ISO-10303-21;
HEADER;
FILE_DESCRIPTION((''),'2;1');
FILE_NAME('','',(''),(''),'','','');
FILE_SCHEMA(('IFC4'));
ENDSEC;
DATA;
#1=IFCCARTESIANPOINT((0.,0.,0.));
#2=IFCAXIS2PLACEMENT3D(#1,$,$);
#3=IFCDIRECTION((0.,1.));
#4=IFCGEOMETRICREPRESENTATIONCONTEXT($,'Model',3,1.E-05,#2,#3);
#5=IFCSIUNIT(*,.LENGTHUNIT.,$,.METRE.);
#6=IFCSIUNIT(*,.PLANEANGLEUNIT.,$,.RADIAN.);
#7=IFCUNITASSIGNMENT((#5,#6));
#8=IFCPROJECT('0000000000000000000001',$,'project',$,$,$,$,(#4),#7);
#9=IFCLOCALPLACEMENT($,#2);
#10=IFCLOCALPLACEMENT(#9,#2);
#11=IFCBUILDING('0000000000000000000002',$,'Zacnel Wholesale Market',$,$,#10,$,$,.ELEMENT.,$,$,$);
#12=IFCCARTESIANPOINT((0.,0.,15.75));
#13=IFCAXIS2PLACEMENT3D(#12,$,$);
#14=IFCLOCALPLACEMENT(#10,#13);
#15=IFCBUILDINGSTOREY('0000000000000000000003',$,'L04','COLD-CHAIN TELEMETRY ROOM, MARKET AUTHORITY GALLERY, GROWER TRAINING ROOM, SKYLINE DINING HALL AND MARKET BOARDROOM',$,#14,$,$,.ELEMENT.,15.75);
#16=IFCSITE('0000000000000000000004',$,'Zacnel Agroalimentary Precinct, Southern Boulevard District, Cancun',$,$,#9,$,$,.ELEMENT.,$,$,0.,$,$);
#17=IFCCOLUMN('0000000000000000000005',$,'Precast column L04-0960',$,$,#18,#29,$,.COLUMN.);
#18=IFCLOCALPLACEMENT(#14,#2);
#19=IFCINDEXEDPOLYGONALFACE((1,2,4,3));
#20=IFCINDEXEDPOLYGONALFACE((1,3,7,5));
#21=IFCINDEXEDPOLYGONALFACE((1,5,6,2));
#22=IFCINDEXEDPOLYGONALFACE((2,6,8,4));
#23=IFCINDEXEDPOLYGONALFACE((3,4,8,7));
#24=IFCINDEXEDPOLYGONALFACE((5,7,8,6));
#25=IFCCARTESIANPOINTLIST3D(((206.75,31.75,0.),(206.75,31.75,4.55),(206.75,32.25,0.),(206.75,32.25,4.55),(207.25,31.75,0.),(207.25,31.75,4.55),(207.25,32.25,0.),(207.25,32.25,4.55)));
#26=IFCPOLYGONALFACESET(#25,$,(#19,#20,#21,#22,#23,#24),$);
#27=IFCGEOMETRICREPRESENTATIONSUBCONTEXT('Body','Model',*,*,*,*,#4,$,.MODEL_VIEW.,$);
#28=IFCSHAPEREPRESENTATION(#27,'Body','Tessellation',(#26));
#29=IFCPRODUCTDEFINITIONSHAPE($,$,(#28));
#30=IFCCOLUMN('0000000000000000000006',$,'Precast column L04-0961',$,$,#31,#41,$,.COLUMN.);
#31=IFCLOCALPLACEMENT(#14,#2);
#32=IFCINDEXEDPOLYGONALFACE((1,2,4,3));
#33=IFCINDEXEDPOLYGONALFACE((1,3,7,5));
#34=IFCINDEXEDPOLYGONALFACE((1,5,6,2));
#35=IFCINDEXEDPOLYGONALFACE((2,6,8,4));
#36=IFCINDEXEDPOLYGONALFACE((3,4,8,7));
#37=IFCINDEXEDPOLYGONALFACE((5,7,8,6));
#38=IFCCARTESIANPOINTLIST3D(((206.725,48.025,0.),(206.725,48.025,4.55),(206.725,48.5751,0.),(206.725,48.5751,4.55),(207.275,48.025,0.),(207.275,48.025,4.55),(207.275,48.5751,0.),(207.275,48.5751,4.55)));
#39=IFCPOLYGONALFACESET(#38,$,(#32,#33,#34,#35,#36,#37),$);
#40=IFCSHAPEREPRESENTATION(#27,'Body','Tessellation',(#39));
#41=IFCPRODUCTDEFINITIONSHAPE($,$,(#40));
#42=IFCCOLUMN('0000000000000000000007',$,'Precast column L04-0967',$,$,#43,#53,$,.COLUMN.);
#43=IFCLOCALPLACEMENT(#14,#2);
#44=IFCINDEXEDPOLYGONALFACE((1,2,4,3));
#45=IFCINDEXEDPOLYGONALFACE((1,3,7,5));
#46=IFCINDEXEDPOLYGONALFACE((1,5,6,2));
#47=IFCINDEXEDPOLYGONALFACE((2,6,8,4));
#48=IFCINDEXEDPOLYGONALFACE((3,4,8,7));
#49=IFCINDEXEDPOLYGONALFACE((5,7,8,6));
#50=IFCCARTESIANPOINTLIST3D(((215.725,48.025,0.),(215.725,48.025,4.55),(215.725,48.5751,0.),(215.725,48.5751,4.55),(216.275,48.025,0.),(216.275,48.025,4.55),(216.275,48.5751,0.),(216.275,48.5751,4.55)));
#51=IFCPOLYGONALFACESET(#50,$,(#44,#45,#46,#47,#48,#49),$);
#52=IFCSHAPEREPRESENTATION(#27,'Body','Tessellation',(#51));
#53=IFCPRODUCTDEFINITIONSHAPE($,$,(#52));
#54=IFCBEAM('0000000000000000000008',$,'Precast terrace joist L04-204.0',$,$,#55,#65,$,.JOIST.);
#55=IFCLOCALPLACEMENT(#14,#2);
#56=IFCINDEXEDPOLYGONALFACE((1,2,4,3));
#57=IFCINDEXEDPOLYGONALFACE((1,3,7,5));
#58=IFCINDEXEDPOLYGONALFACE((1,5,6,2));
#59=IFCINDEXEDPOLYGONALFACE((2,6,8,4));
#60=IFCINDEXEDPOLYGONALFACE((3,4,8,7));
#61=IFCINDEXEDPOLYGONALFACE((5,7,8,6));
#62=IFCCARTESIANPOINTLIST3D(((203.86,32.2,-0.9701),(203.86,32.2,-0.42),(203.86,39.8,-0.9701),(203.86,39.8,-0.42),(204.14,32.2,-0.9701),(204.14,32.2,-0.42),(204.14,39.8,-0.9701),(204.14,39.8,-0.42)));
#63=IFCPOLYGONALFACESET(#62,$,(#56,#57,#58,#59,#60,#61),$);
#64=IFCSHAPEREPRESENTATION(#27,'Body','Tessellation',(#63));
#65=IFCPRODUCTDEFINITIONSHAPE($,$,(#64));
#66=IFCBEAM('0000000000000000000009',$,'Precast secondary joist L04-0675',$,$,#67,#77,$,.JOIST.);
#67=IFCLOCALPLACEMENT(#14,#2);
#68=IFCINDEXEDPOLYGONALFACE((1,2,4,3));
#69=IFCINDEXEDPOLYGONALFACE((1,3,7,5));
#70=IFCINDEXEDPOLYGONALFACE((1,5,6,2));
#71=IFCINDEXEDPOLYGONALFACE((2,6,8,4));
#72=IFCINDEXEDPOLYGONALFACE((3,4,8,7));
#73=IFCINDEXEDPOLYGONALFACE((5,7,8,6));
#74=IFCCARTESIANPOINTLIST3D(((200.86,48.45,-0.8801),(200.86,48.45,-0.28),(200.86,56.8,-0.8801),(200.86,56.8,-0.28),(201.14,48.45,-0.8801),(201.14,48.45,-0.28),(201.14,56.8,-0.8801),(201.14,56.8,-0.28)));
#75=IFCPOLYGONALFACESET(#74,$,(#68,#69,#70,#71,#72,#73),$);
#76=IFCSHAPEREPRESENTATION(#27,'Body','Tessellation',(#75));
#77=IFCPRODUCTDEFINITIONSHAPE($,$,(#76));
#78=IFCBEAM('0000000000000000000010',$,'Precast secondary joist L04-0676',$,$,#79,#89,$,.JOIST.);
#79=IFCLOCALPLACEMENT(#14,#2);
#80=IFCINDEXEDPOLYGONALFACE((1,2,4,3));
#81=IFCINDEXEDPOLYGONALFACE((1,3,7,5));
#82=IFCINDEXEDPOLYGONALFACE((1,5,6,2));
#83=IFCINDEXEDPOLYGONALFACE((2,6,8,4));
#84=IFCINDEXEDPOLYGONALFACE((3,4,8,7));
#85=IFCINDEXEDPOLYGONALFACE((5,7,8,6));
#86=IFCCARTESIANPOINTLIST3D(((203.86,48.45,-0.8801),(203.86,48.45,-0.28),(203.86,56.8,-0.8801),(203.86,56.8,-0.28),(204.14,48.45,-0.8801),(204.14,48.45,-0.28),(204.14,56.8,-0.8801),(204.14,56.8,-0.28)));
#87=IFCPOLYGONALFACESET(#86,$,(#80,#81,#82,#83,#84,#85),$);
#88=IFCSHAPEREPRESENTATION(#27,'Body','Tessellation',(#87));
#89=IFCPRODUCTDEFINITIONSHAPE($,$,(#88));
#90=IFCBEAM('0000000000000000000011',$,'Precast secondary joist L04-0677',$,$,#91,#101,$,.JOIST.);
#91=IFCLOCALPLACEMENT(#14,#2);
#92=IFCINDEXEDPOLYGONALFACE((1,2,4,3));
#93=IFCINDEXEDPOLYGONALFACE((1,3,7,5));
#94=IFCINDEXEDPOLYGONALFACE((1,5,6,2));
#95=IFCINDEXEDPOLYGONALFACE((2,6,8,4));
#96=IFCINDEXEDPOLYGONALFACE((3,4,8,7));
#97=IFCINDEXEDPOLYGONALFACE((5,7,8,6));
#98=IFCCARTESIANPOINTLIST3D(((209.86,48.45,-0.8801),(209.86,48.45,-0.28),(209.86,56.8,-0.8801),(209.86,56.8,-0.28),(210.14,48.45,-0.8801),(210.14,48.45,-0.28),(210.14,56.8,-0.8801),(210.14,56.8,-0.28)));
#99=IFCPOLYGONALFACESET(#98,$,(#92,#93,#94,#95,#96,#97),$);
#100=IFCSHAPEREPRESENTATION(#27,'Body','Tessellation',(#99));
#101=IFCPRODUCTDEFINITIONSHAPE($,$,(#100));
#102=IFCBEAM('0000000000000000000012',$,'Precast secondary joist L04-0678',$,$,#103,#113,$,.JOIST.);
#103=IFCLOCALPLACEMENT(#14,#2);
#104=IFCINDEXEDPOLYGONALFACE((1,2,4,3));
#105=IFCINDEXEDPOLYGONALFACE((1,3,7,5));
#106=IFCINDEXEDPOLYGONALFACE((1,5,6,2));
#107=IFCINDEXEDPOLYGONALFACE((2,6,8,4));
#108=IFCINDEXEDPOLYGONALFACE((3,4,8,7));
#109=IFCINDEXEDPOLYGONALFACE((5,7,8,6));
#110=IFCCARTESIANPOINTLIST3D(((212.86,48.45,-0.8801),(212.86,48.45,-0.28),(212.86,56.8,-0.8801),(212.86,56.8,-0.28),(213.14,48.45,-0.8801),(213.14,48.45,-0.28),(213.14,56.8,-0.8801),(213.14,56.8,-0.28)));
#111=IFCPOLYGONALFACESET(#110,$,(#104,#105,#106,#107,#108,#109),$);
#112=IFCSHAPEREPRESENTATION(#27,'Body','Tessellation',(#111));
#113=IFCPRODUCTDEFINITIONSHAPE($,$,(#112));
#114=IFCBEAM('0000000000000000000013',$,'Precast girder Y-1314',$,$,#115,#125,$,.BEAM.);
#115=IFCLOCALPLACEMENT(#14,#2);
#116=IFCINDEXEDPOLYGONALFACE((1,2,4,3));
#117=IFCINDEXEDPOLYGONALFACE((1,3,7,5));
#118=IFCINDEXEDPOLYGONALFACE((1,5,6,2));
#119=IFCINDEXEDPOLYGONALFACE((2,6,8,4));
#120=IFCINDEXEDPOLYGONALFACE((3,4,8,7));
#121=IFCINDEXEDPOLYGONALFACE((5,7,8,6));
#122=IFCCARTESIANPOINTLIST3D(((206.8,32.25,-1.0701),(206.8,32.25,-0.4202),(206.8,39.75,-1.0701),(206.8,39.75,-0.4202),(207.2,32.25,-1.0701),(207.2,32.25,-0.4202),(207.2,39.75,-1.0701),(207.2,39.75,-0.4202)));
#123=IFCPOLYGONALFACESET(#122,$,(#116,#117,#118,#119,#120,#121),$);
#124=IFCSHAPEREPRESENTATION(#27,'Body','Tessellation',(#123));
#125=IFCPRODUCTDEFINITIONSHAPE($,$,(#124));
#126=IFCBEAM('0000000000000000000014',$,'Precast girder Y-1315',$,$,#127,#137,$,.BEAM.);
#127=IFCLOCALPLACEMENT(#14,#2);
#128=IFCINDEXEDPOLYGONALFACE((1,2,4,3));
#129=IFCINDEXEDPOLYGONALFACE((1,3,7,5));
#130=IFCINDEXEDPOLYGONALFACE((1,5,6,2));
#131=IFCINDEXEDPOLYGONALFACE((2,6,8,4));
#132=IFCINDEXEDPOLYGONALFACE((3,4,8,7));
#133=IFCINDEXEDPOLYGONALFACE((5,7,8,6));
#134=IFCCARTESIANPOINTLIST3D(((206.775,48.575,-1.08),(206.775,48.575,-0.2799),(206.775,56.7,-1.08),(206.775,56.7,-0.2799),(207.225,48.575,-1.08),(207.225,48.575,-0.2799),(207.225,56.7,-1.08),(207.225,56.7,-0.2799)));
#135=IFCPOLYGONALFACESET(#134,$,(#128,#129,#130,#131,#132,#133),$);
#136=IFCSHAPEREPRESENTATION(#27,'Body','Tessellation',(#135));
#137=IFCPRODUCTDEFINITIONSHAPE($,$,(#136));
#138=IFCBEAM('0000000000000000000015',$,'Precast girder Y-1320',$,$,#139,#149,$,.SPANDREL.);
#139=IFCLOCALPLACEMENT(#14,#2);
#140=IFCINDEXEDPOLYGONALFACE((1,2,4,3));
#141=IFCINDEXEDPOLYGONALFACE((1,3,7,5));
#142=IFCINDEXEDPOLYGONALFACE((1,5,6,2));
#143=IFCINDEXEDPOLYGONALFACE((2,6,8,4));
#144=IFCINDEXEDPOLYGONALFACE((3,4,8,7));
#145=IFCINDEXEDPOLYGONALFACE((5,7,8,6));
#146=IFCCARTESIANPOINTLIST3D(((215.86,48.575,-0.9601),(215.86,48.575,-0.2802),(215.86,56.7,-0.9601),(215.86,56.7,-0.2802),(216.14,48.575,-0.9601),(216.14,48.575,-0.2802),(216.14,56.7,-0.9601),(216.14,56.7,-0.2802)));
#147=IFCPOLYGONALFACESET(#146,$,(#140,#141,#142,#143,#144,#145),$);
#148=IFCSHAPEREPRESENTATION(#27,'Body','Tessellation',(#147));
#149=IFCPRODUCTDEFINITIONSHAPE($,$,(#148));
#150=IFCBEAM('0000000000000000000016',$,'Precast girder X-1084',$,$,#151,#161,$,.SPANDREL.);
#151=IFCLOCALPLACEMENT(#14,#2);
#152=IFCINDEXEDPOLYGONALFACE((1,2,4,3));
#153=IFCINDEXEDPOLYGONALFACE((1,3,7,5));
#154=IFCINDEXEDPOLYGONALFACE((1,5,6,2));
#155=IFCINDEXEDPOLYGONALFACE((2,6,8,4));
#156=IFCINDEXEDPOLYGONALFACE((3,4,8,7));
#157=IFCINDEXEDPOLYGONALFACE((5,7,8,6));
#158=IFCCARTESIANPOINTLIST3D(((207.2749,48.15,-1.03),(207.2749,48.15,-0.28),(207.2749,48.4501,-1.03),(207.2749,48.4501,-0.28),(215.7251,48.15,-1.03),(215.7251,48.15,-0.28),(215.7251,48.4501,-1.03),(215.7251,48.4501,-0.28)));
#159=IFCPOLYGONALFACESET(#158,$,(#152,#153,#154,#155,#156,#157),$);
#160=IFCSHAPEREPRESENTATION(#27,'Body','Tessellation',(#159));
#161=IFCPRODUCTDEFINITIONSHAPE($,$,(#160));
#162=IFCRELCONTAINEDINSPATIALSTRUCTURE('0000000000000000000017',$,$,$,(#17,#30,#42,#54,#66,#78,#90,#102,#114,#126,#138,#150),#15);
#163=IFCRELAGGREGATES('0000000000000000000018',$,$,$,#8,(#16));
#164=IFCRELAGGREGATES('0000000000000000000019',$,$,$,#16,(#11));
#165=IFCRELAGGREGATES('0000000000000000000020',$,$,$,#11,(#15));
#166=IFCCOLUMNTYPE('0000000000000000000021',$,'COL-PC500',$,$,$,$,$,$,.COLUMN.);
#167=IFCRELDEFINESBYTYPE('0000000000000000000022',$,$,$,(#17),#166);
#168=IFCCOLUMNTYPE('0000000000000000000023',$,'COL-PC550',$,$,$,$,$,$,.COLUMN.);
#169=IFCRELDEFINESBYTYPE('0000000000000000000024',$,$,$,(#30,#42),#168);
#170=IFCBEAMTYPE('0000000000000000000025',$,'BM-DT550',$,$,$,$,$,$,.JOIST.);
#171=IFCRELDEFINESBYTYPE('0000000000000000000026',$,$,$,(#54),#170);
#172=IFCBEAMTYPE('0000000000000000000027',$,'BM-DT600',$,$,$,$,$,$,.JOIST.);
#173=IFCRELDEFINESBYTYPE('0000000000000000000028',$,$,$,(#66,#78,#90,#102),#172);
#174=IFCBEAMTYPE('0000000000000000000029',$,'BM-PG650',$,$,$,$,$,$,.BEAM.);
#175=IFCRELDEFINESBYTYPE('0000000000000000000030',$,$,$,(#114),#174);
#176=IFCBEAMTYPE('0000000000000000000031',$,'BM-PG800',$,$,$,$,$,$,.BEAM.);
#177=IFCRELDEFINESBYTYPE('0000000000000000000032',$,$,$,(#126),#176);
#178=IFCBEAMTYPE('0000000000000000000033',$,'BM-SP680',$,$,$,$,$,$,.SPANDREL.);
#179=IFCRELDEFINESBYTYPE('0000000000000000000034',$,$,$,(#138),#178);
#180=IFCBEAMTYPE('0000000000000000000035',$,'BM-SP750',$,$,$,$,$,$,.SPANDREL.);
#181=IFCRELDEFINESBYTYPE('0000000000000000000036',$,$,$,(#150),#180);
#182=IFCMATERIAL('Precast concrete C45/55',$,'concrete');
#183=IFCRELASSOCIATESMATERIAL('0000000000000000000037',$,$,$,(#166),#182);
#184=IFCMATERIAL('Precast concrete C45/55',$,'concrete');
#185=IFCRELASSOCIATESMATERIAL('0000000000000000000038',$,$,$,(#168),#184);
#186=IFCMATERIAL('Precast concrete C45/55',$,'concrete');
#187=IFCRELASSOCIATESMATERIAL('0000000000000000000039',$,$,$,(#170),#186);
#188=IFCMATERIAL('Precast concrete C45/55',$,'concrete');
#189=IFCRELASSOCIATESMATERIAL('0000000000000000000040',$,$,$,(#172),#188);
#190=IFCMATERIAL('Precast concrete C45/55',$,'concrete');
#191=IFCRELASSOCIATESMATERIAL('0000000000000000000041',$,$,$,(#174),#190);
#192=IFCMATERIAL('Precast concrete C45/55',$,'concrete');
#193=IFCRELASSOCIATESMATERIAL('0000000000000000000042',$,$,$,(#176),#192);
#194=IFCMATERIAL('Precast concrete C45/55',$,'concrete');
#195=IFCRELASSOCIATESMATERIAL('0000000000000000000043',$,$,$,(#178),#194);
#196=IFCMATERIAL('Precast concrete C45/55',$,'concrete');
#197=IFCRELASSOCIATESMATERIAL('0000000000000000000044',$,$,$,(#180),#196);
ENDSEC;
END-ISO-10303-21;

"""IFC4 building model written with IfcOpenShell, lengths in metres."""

from ifc_helpers import new_model, si_unit, direction, frame, origin, origin_2d, place, context, subcontext, project, spatial, rectangle, extrude, material, material_profile, profile_set, type_object, element, save


model = new_model("IFC4")

# Units and contexts
model_context = context("Model", 3, precision=1e-05, world=origin(), true_north=direction((0.0, 1.0)))
body_context = subcontext(model_context, "Body", "Model", "MODEL_VIEW")
ifc_project = project(units=[si_unit("LENGTHUNIT", "METRE"), si_unit("PLANEANGLEUNIT", "RADIAN")], contexts=[model_context])

# Site, building, storey
site_placement = place(None, origin())
site = spatial("IfcSite", under=ifc_project, at=site_placement, Name="Zacnel Agroalimentary Precinct, Southern Boulevard District, Cancun", CompositionType="ELEMENT", RefElevation=0.0)
building_placement = place(site_placement, origin())
building = spatial("IfcBuilding", under=site, at=building_placement, Name="Zacnel Wholesale Market", CompositionType="ELEMENT")
storey_placement = place(building_placement, frame((0.0, 0.0, 15.75)))
storey = spatial("IfcBuildingStorey", under=building, at=storey_placement, Name="L04", Description="COLD-CHAIN TELEMETRY ROOM, MARKET AUTHORITY GALLERY, GROWER TRAINING ROOM, SKYLINE DINING HALL AND MARKET BOARDROOM", CompositionType="ELEMENT", Elevation=15.75)

# Columns
ifc_material_1 = material(Name="Precast concrete C45/55", Category="concrete")
ifc_material_profile_1 = material_profile(ifc_material_1, rectangle(XDim=0.5, YDim=0.5, at=origin_2d()), Name="PC 500x500")
ifc_profile_set_1 = profile_set([ifc_material_profile_1], Name="Precast concrete C45/55")
column_type_1 = type_object("IfcColumnType", Name="COL-PC500", PredefinedType="COLUMN", material=ifc_profile_set_1)
column_placement = place(storey_placement, frame((207.0, 32.0, 0.0), z_axis=(0.0, 0.0, 1.0), x_axis=(1.0, 0.0, 0.0)))
element("IfcColumn", 1, at=column_placement, inside=storey, type_object=column_type_1, Name="Precast column L04-0960", PredefinedType="COLUMN", context=body_context, shape_type="SweptSolid", body=[
    extrude(rectangle(XDim=0.5, YDim=0.5, at=origin_2d()), origin(), (0.0, 0.0, 1.0), 4.55),
])
ifc_material_2 = material(Name="Precast concrete C45/55", Category="concrete")
ifc_material_profile_2 = material_profile(ifc_material_2, rectangle(XDim=0.55, YDim=0.55, at=origin_2d()), Name="PC 550x550")
ifc_profile_set_2 = profile_set([ifc_material_profile_2], Name="Precast concrete C45/55")
column_type_2 = type_object("IfcColumnType", Name="COL-PC550", PredefinedType="COLUMN", material=ifc_profile_set_2)
for number, where, z_axis, x_axis, name in (
    (2, (207.0, 48.3, 0.0), (0.0, 0.0, 1.0), (1.0, 0.0, 0.0), "Precast column L04-0961"),
    (3, (216.0, 48.3, 0.0), (0.0, 0.0, 1.0), (1.0, 0.0, 0.0), "Precast column L04-0967"),
):
    element("IfcColumn", number, at=place(storey_placement, frame(where, z_axis=z_axis, x_axis=x_axis)), inside=storey, type_object=column_type_2, Name=name, PredefinedType="COLUMN", context=body_context, shape_type="SweptSolid", body=[
        extrude(rectangle(XDim=0.55, YDim=0.55, at=origin_2d()), origin(), (0.0, 0.0, 1.0), 4.55),
    ])

# Beams
ifc_material_3 = material(Name="Precast concrete C45/55", Category="concrete")
ifc_material_profile_3 = material_profile(ifc_material_3, rectangle(XDim=0.28, YDim=0.55, at=origin_2d()), Name="DT RIB 280x550")
ifc_profile_set_3 = profile_set([ifc_material_profile_3], Name="Precast concrete C45/55")
beam_type_1 = type_object("IfcBeamType", Name="BM-DT550", PredefinedType="JOIST", material=ifc_profile_set_3)
beam_1_placement = place(storey_placement, frame((204.0, 32.2, -0.6951), z_axis=(0.0, 1.0, 0.0), x_axis=(-1.0, 0.0, 0.0)))
element("IfcBeam", 4, at=beam_1_placement, inside=storey, type_object=beam_type_1, Name="Precast terrace joist L04-204.0", PredefinedType="JOIST", context=body_context, shape_type="SweptSolid", body=[
    extrude(rectangle(XDim=0.28, YDim=0.55, at=origin_2d()), origin(), (0.0, 0.0, 1.0), 7.6001),
])
ifc_material_4 = material(Name="Precast concrete C45/55", Category="concrete")
ifc_material_profile_4 = material_profile(ifc_material_4, rectangle(XDim=0.28, YDim=0.6001, at=origin_2d()), Name="DT RIB 280x600")
ifc_profile_set_4 = profile_set([ifc_material_profile_4], Name="Precast concrete C45/55")
beam_type_2 = type_object("IfcBeamType", Name="BM-DT600", PredefinedType="JOIST", material=ifc_profile_set_4)
for number, where, z_axis, x_axis, name in (
    (5, (201.0, 48.45, -0.5801), (0.0, 1.0, 0.0), (-1.0, 0.0, 0.0), "Precast secondary joist L04-0675"),
    (6, (204.0, 48.45, -0.5801), (0.0, 1.0, 0.0), (-1.0, 0.0, 0.0), "Precast secondary joist L04-0676"),
    (7, (210.0, 48.45, -0.5801), (0.0, 1.0, 0.0), (-1.0, 0.0, 0.0), "Precast secondary joist L04-0677"),
    (8, (213.0, 48.45, -0.5801), (0.0, 1.0, 0.0), (-1.0, 0.0, 0.0), "Precast secondary joist L04-0678"),
):
    element("IfcBeam", number, at=place(storey_placement, frame(where, z_axis=z_axis, x_axis=x_axis)), inside=storey, type_object=beam_type_2, Name=name, PredefinedType="JOIST", context=body_context, shape_type="SweptSolid", body=[
        extrude(rectangle(XDim=0.28, YDim=0.6001, at=origin_2d()), origin(), (0.0, 0.0, 1.0), 8.3501),
    ])
ifc_material_5 = material(Name="Precast concrete C45/55", Category="concrete")
ifc_material_profile_5 = material_profile(ifc_material_5, rectangle(XDim=0.3999, YDim=0.6499, at=origin_2d()), Name="PG 400x650")
ifc_profile_set_5 = profile_set([ifc_material_profile_5], Name="Precast concrete C45/55")
beam_type_3 = type_object("IfcBeamType", Name="BM-PG650", PredefinedType="BEAM", material=ifc_profile_set_5)
beam_2_placement = place(storey_placement, frame((207.0, 32.25, -0.7451), z_axis=(0.0, 1.0, 0.0), x_axis=(-1.0, 0.0, 0.0)))
element("IfcBeam", 9, at=beam_2_placement, inside=storey, type_object=beam_type_3, Name="Precast girder Y-1314", PredefinedType="BEAM", context=body_context, shape_type="SweptSolid", body=[
    extrude(rectangle(XDim=0.3999, YDim=0.6499, at=origin_2d()), origin(), (0.0, 0.0, 1.0), 7.5),
])
ifc_material_6 = material(Name="Precast concrete C45/55", Category="concrete")
ifc_material_profile_6 = material_profile(ifc_material_6, rectangle(XDim=0.45, YDim=0.8, at=origin_2d()), Name="PG 450x800")
ifc_profile_set_6 = profile_set([ifc_material_profile_6], Name="Precast concrete C45/55")
beam_type_4 = type_object("IfcBeamType", Name="BM-PG800", PredefinedType="BEAM", material=ifc_profile_set_6)
beam_3_placement = place(storey_placement, frame((207.0, 48.575, -0.6799), z_axis=(0.0, 1.0, 0.0), x_axis=(-1.0, 0.0, 0.0)))
element("IfcBeam", 10, at=beam_3_placement, inside=storey, type_object=beam_type_4, Name="Precast girder Y-1315", PredefinedType="BEAM", context=body_context, shape_type="SweptSolid", body=[
    extrude(rectangle(XDim=0.45, YDim=0.8, at=origin_2d()), origin(), (0.0, 0.0, 1.0), 8.125),
])
ifc_material_7 = material(Name="Precast concrete C45/55", Category="concrete")
ifc_material_profile_7 = material_profile(ifc_material_7, rectangle(XDim=0.28, YDim=0.6799, at=origin_2d()), Name="SP 280x680")
ifc_profile_set_7 = profile_set([ifc_material_profile_7], Name="Precast concrete C45/55")
beam_type_5 = type_object("IfcBeamType", Name="BM-SP680", PredefinedType="SPANDREL", material=ifc_profile_set_7)
beam_4_placement = place(storey_placement, frame((216.0, 48.575, -0.6201), z_axis=(0.0, 1.0, 0.0), x_axis=(-1.0, 0.0, 0.0)))
element("IfcBeam", 11, at=beam_4_placement, inside=storey, type_object=beam_type_5, Name="Precast girder Y-1320", PredefinedType="SPANDREL", context=body_context, shape_type="SweptSolid", body=[
    extrude(rectangle(XDim=0.28, YDim=0.6799, at=origin_2d()), origin(), (0.0, 0.0, 1.0), 8.125),
])
ifc_material_8 = material(Name="Precast concrete C45/55", Category="concrete")
ifc_material_profile_8 = material_profile(ifc_material_8, rectangle(XDim=0.3, YDim=0.75, at=origin_2d()), Name="SP 300x750")
ifc_profile_set_8 = profile_set([ifc_material_profile_8], Name="Precast concrete C45/55")
beam_type_6 = type_object("IfcBeamType", Name="BM-SP750", PredefinedType="SPANDREL", material=ifc_profile_set_8)
beam_5_placement = place(storey_placement, frame((207.2749, 48.3, -0.655), z_axis=(1.0, 0.0, 0.0), x_axis=(0.0, 1.0, 0.0)))
element("IfcBeam", 12, at=beam_5_placement, inside=storey, type_object=beam_type_6, Name="Precast girder X-1084", PredefinedType="SPANDREL", context=body_context, shape_type="SweptSolid", body=[
    extrude(rectangle(XDim=0.3, YDim=0.75, at=origin_2d()), origin(), (0.0, 0.0, 1.0), 8.4502),
])

save(model, "model.ifc")
